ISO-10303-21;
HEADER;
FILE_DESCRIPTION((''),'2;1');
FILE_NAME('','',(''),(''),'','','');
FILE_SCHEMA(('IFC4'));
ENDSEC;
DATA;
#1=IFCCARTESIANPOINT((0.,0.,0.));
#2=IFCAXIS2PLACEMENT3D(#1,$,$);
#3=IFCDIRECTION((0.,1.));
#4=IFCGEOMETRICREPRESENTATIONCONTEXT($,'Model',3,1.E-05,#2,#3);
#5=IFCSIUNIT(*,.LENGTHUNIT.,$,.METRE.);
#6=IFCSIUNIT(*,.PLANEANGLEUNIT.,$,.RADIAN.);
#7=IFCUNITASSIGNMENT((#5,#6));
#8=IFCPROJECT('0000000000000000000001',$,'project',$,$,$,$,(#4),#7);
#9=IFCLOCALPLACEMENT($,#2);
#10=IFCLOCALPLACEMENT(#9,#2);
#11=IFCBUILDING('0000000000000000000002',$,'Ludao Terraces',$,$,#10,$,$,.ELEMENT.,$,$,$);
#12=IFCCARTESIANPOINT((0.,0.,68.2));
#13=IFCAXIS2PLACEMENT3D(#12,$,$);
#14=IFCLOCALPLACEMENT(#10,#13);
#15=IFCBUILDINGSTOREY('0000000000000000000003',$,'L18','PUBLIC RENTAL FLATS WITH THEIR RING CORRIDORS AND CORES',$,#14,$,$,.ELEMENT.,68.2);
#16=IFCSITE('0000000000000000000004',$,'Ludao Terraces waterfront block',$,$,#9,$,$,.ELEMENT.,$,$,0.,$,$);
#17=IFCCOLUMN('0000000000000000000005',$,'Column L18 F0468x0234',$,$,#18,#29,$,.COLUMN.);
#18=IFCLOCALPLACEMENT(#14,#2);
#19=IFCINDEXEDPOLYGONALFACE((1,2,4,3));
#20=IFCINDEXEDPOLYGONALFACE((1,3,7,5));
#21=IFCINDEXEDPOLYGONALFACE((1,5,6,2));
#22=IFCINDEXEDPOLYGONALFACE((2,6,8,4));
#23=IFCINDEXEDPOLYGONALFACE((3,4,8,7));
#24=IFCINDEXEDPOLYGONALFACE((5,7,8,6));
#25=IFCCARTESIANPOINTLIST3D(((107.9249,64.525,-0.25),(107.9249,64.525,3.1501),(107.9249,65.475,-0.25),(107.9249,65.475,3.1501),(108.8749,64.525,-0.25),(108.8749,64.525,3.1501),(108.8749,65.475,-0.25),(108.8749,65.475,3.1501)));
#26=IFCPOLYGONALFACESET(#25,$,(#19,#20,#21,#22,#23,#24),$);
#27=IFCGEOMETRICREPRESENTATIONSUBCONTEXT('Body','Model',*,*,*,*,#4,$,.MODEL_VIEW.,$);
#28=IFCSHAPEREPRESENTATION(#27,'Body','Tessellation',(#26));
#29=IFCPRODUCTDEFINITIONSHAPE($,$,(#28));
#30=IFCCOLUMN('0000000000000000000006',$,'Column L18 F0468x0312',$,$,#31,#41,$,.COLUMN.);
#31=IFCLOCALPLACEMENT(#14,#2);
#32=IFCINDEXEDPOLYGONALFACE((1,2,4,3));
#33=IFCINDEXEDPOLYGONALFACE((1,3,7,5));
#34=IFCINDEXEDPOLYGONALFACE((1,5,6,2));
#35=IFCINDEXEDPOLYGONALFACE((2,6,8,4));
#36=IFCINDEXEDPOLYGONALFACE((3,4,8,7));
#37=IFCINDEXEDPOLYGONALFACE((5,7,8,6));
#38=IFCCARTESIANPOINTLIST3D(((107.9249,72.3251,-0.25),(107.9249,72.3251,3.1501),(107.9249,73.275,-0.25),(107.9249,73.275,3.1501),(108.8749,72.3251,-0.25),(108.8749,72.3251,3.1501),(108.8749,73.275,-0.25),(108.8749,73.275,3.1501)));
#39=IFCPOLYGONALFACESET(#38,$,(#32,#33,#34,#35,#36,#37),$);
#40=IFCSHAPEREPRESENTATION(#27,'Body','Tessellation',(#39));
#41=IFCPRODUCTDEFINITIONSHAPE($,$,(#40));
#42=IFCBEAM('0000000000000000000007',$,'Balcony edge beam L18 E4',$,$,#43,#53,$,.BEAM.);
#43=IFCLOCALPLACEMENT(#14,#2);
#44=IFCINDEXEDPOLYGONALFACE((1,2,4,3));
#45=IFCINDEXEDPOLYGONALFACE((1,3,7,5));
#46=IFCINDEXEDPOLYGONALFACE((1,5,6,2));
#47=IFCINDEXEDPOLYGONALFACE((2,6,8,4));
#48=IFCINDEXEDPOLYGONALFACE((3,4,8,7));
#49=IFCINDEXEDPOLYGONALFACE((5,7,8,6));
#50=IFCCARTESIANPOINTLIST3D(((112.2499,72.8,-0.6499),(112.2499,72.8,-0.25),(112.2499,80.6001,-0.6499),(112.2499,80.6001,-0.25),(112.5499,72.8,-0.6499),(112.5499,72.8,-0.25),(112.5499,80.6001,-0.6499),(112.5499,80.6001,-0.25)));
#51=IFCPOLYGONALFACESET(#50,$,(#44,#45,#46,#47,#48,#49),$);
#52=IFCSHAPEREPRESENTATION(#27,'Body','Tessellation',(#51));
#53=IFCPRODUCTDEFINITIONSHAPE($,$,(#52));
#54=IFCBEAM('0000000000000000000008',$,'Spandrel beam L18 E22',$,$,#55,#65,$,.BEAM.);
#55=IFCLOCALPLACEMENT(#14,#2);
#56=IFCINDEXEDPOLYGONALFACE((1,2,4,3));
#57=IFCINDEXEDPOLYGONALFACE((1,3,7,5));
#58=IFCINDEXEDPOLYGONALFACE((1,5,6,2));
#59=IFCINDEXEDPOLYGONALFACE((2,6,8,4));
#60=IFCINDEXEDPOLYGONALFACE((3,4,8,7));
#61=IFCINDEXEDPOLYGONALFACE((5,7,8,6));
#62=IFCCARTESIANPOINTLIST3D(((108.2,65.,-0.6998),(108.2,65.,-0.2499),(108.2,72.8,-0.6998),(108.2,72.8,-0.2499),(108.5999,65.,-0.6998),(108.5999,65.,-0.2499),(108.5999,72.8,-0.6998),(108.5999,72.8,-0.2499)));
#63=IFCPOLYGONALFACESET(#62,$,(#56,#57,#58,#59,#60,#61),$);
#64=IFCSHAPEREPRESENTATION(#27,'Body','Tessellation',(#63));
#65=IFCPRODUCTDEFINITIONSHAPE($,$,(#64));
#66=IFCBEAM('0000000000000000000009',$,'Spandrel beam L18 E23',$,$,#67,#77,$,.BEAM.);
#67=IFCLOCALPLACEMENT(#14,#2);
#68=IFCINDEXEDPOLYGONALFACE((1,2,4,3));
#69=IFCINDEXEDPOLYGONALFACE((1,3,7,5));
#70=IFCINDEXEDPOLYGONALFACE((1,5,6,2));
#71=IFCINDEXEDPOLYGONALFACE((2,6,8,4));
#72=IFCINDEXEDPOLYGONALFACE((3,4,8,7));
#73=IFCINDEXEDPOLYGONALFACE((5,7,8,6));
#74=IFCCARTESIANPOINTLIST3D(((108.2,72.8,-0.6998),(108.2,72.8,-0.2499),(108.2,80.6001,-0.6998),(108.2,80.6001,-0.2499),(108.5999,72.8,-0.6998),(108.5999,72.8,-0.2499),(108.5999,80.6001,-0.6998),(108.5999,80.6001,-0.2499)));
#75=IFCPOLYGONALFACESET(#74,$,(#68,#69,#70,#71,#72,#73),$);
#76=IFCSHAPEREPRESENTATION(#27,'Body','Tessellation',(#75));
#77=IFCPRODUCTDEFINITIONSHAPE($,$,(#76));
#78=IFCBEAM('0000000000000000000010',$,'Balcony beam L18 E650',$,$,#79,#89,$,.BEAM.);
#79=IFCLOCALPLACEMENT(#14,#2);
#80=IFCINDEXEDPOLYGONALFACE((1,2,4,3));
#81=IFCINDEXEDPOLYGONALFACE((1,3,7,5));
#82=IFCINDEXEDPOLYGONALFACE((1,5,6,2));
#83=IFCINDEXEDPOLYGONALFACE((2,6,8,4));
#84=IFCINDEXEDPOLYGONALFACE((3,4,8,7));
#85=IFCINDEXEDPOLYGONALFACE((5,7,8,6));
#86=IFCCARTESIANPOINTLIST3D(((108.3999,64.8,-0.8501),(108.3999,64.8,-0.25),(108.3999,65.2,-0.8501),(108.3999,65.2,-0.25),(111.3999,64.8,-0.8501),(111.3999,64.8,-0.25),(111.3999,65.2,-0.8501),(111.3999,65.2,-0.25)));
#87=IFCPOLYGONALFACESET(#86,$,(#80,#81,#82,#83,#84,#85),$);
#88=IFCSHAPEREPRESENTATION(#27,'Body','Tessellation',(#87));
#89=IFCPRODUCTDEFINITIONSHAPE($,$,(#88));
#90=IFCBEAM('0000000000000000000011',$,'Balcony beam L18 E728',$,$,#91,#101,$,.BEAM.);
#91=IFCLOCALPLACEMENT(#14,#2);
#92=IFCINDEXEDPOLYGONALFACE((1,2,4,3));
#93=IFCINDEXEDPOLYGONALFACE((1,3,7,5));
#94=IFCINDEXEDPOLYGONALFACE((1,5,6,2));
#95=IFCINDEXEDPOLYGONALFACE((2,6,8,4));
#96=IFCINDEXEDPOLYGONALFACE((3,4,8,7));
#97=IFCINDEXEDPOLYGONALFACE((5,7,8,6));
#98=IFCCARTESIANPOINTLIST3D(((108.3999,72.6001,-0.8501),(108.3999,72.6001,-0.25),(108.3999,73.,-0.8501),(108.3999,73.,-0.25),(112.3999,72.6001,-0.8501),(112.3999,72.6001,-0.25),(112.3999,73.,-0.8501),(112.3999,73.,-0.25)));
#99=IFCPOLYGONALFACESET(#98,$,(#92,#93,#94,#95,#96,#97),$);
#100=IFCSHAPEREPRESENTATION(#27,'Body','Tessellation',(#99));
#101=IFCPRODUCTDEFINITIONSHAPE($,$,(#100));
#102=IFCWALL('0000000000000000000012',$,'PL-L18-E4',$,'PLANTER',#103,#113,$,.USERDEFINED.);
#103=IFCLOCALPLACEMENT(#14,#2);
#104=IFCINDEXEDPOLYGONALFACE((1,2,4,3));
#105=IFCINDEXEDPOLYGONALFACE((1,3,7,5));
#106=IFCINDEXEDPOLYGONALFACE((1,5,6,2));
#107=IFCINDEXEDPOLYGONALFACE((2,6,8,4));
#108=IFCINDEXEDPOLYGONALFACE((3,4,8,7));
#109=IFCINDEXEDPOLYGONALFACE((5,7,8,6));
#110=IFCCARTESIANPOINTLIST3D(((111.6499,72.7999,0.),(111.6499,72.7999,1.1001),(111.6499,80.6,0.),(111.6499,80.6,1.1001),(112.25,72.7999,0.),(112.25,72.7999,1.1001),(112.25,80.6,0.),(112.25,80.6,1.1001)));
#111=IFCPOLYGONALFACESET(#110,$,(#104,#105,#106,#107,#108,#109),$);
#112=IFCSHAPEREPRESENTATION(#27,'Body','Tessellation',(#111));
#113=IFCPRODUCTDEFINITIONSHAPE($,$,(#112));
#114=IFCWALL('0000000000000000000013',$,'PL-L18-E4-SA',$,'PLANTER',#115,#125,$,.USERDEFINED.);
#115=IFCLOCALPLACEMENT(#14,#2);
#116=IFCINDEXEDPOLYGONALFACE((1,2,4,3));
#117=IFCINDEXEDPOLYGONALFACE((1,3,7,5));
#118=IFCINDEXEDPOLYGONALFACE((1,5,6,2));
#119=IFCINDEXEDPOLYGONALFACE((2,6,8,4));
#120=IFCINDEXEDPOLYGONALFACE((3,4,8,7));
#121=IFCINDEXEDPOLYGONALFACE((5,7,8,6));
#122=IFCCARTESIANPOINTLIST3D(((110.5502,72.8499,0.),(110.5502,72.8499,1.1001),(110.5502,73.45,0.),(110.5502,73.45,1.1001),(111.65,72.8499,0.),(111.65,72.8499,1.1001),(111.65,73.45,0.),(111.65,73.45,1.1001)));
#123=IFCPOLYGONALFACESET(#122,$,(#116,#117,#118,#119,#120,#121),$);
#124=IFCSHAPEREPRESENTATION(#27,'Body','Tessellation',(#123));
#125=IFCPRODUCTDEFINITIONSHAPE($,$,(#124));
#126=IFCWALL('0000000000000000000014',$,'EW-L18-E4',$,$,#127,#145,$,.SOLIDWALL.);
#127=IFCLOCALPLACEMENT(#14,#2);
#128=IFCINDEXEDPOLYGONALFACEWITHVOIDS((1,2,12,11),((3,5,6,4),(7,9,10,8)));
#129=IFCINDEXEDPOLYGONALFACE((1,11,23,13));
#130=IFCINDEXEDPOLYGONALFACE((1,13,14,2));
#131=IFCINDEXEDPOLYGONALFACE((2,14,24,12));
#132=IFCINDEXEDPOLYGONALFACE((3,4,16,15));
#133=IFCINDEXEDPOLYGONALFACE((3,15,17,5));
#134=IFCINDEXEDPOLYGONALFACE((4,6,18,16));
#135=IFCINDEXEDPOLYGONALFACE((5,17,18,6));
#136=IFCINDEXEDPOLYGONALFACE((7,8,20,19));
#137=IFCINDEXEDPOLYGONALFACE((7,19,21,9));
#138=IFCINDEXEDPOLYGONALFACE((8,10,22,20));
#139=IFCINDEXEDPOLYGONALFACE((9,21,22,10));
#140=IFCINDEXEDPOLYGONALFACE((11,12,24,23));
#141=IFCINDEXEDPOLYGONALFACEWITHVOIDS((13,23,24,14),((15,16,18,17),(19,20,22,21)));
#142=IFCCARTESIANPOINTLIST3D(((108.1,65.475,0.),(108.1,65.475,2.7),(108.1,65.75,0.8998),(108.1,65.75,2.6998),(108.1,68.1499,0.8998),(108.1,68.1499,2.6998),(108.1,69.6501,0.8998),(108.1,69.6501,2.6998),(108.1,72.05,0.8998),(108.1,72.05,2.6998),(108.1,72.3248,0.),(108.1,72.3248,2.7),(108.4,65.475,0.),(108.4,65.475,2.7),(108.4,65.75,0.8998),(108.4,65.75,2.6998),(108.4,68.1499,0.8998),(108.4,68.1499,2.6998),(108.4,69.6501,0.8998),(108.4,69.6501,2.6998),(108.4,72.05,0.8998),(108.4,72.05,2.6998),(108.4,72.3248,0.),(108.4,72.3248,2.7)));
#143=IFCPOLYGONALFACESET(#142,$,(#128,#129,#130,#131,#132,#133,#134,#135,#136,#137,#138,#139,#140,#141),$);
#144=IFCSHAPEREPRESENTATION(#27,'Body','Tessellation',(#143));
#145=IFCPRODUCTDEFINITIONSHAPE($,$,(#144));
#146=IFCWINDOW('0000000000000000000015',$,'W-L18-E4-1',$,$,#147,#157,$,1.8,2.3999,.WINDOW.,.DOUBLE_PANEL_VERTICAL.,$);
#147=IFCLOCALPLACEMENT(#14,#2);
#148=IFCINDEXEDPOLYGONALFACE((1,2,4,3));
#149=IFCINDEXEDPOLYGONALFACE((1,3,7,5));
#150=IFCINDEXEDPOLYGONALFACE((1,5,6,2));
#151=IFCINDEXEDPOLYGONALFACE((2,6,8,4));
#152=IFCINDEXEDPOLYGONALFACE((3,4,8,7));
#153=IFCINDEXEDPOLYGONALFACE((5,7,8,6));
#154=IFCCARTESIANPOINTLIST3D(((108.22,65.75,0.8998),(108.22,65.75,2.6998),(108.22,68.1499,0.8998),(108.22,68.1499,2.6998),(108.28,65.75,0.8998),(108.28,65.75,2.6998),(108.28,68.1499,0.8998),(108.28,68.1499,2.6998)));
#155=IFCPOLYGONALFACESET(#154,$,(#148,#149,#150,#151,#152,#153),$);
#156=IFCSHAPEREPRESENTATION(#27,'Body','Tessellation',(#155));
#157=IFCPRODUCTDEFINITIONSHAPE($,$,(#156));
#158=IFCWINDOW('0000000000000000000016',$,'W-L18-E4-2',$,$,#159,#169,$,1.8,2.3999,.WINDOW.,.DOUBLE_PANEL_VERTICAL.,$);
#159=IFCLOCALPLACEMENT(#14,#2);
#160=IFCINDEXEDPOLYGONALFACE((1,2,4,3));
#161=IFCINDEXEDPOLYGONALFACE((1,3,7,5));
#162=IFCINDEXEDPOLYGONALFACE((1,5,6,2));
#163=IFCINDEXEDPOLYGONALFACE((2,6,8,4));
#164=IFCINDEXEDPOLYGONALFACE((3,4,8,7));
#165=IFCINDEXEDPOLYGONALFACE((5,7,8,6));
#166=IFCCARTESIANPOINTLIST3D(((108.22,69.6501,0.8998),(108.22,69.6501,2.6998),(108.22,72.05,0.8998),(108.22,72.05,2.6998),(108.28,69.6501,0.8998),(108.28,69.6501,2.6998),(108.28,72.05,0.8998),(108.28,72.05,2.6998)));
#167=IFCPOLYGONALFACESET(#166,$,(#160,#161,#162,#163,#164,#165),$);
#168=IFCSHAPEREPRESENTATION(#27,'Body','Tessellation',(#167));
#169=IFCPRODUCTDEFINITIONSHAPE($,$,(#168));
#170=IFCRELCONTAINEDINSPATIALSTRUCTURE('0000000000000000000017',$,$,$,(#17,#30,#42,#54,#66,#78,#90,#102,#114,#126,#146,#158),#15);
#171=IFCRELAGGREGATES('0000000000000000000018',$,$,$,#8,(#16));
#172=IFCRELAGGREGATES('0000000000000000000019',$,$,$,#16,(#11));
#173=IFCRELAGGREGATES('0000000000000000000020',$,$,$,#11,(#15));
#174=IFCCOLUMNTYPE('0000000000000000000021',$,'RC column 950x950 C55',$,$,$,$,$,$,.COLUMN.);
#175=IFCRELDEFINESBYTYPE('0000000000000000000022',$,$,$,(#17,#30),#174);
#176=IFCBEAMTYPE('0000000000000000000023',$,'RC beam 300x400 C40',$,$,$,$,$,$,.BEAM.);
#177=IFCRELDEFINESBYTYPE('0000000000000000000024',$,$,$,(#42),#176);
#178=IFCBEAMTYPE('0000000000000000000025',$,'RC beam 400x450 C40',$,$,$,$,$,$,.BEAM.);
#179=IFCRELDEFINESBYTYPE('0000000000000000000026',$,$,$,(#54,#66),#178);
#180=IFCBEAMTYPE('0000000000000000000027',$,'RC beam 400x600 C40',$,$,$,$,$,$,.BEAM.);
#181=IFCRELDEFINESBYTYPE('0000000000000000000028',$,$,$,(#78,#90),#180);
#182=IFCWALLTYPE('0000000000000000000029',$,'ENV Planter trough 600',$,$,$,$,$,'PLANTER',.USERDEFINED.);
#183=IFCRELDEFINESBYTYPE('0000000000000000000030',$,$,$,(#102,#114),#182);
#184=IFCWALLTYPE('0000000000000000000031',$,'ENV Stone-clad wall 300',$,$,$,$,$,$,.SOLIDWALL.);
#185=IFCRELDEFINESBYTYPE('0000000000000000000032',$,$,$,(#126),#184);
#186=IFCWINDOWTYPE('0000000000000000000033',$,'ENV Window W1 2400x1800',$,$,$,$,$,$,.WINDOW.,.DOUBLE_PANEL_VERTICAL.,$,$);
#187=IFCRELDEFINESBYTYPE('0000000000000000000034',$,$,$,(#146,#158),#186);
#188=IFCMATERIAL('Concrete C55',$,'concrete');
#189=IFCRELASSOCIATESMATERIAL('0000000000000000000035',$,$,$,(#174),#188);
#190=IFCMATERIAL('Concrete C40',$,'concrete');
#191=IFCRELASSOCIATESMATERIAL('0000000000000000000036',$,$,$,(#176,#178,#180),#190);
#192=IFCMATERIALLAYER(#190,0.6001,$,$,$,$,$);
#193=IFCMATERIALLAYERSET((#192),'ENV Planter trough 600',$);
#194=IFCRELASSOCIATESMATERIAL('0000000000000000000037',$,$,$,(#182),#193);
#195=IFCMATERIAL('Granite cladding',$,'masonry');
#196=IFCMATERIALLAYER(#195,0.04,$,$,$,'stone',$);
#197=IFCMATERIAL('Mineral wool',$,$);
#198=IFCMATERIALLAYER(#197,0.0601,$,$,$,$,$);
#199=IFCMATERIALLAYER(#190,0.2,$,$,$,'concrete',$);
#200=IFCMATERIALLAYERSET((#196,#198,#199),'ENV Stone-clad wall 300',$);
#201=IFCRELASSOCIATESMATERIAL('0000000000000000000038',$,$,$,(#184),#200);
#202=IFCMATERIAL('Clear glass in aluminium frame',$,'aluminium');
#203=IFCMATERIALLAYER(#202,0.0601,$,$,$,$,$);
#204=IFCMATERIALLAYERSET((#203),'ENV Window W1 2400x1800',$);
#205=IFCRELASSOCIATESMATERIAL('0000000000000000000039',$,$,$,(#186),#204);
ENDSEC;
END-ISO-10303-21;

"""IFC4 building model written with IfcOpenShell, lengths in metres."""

from ifc_helpers import new_model, si_unit, direction, frame, frame_2d, origin, origin_2d, place, context, subcontext, project, spatial, rectangle, extrude, material, layer, layer_set, material_profile, profile_set, type_object, element, fill, save


model = new_model("IFC4")

# Units and contexts
model_context = context("Model", 3, precision=1e-05, world=origin(), true_north=direction((0.0, 1.0)))
body_context = subcontext(model_context, "Body", "Model", "MODEL_VIEW")
ifc_project = project(units=[si_unit("LENGTHUNIT", "METRE"), si_unit("PLANEANGLEUNIT", "RADIAN")], contexts=[model_context])

# Site, building, storey
site_placement = place(None, origin())
site = spatial("IfcSite", under=ifc_project, at=site_placement, Name="Ludao Terraces waterfront block", CompositionType="ELEMENT", RefElevation=0.0)
building_placement = place(site_placement, origin())
building = spatial("IfcBuilding", under=site, at=building_placement, Name="Ludao Terraces", CompositionType="ELEMENT")
storey_placement = place(building_placement, frame((0.0, 0.0, 68.2)))
storey = spatial("IfcBuildingStorey", under=building, at=storey_placement, Name="L18", Description="PUBLIC RENTAL FLATS WITH THEIR RING CORRIDORS AND CORES", CompositionType="ELEMENT", Elevation=68.2)

# Columns
ifc_material_1 = material(Name="Concrete C55", Category="concrete")
ifc_material_profile_1 = material_profile(ifc_material_1, rectangle(XDim=0.95, YDim=0.95, at=origin_2d()), Name="950 X 950")
ifc_profile_set_1 = profile_set([ifc_material_profile_1], Name="Concrete C55")
column_type = type_object("IfcColumnType", Name="RC column 950x950 C55", PredefinedType="COLUMN", material=ifc_profile_set_1)
for number, where, z_axis, x_axis, name in (
    (1, (108.3999, 65.0, -0.25), (0.0, 0.0, 1.0), (1.0, 0.0, 0.0), "Column L18 F0468x0234"),
    (2, (108.3999, 72.8, -0.25), (0.0, 0.0, 1.0), (1.0, 0.0, 0.0), "Column L18 F0468x0312"),
):
    element("IfcColumn", number, at=place(storey_placement, frame(where, z_axis=z_axis, x_axis=x_axis)), inside=storey, type_object=column_type, Name=name, PredefinedType="COLUMN", context=body_context, shape_type="SweptSolid", body=[
        extrude(rectangle(XDim=0.95, YDim=0.95, at=origin_2d()), origin(), (0.0, 0.0, 1.0), 3.4001),
    ])

# Beams
ifc_material_2 = material(Name="Concrete C40", Category="concrete")
ifc_material_profile_2 = material_profile(ifc_material_2, rectangle(XDim=0.3, YDim=0.3999, at=origin_2d()), Name="300 X 400")
ifc_profile_set_2 = profile_set([ifc_material_profile_2], Name="Concrete C40")
beam_type_1 = type_object("IfcBeamType", Name="RC beam 300x400 C40", PredefinedType="BEAM", material=ifc_profile_set_2)
beam_1_placement = place(storey_placement, frame((112.3999, 72.8, -0.45), z_axis=(0.0, 1.0, 0.0), x_axis=(-1.0, 0.0, 0.0)))
element("IfcBeam", 3, at=beam_1_placement, inside=storey, type_object=beam_type_1, Name="Balcony edge beam L18 E4", PredefinedType="BEAM", context=body_context, shape_type="SweptSolid", body=[
    extrude(rectangle(XDim=0.3, YDim=0.3999, at=origin_2d()), origin(), (0.0, 0.0, 1.0), 7.8),
])
ifc_material_profile_3 = material_profile(ifc_material_2, rectangle(XDim=0.3999, YDim=0.45, at=origin_2d()), Name="400 X 450")
ifc_profile_set_3 = profile_set([ifc_material_profile_3], Name="Concrete C40")
beam_type_2 = type_object("IfcBeamType", Name="RC beam 400x450 C40", PredefinedType="BEAM", material=ifc_profile_set_3)
for number, where, z_axis, x_axis, name in (
    (4, (108.3999, 65.0, -0.4749), (0.0, 1.0, 0.0), (-1.0, 0.0, 0.0), "Spandrel beam L18 E22"),
    (5, (108.3999, 72.8, -0.4749), (0.0, 1.0, 0.0), (-1.0, 0.0, 0.0), "Spandrel beam L18 E23"),
):
    element("IfcBeam", number, at=place(storey_placement, frame(where, z_axis=z_axis, x_axis=x_axis)), inside=storey, type_object=beam_type_2, Name=name, PredefinedType="BEAM", context=body_context, shape_type="SweptSolid", body=[
        extrude(rectangle(XDim=0.3999, YDim=0.45, at=origin_2d()), origin(), (0.0, 0.0, 1.0), 7.8),
    ])
ifc_material_profile_4 = material_profile(ifc_material_2, rectangle(XDim=0.3999, YDim=0.6001, at=origin_2d()), Name="400 X 600")
ifc_profile_set_4 = profile_set([ifc_material_profile_4], Name="Concrete C40")
beam_type_3 = type_object("IfcBeamType", Name="RC beam 400x600 C40", PredefinedType="BEAM", material=ifc_profile_set_4)
beam_2_placement = place(storey_placement, frame((108.3999, 65.0, -0.55), z_axis=(1.0, 0.0, 0.0), x_axis=(0.0, 1.0, 0.0)))
element("IfcBeam", 6, at=beam_2_placement, inside=storey, type_object=beam_type_3, Name="Balcony beam L18 E650", PredefinedType="BEAM", context=body_context, shape_type="SweptSolid", body=[
    extrude(rectangle(XDim=0.3999, YDim=0.6001, at=origin_2d()), origin(), (0.0, 0.0, 1.0), 3.0),
])
beam_3_placement = place(storey_placement, frame((108.3999, 72.8, -0.55), z_axis=(1.0, 0.0, 0.0), x_axis=(0.0, 1.0, 0.0)))
element("IfcBeam", 7, at=beam_3_placement, inside=storey, type_object=beam_type_3, Name="Balcony beam L18 E728", PredefinedType="BEAM", context=body_context, shape_type="SweptSolid", body=[
    extrude(rectangle(XDim=0.3999, YDim=0.6001, at=origin_2d()), origin(), (0.0, 0.0, 1.0), 4.0),
])

# Walls
ifc_layer_1 = layer(ifc_material_2, 0.6001)
ifc_layer_set_1 = layer_set([ifc_layer_1], Name="ENV Planter trough 600")
wall_type_1 = type_object("IfcWallType", Name="ENV Planter trough 600", ElementType="PLANTER", PredefinedType="USERDEFINED", material=ifc_layer_set_1)
wall_1_placement = place(storey_placement, frame((111.95, 72.8, 0.0), z_axis=(0.0, 0.0, 1.0), x_axis=(0.0, 1.0, 0.0)))
element("IfcWall", 8, at=wall_1_placement, inside=storey, type_object=wall_type_1, Name="PL-L18-E4", ObjectType="PLANTER", PredefinedType="USERDEFINED", context=body_context, shape_type="SweptSolid", body=[
    extrude(rectangle(XDim=7.8, YDim=0.6001, at=frame_2d((3.8999, 0.0))), origin(), (0.0, 0.0, 1.0), 1.1001),
])
wall_2_placement = place(storey_placement, frame((111.6499, 73.1499, 0.0), z_axis=(0.0, 0.0, 1.0), x_axis=(-1.0, 0.0, 0.0)))
element("IfcWall", 9, at=wall_2_placement, inside=storey, type_object=wall_type_1, Name="PL-L18-E4-SA", ObjectType="PLANTER", PredefinedType="USERDEFINED", context=body_context, shape_type="SweptSolid", body=[
    extrude(rectangle(XDim=1.0999, YDim=0.6001, at=frame_2d((0.5498, 0.0))), origin(), (0.0, 0.0, 1.0), 1.1001),
])

# Wall, openings, windows
ifc_material_3 = material(Name="Granite cladding", Category="masonry")
ifc_layer_2 = layer(ifc_material_3, 0.04, Category="stone")
ifc_material_4 = material(Name="Mineral wool")
ifc_layer_3 = layer(ifc_material_4, 0.0601)
ifc_layer_4 = layer(ifc_material_2, 0.2, Category="concrete")
ifc_layer_set_2 = layer_set([ifc_layer_2, ifc_layer_3, ifc_layer_4], Name="ENV Stone-clad wall 300")
wall_type_2 = type_object("IfcWallType", Name="ENV Stone-clad wall 300", PredefinedType="SOLIDWALL", material=ifc_layer_set_2)
wall_3_placement = place(storey_placement, frame((108.25, 65.4751, 0.0), z_axis=(0.0, 0.0, 1.0), x_axis=(0.0, 1.0, 0.0)))
wall_3 = element("IfcWall", 10, at=wall_3_placement, inside=storey, type_object=wall_type_2, Name="EW-L18-E4", PredefinedType="SOLIDWALL", context=body_context, shape_type="SweptSolid", body=[
    extrude(rectangle(XDim=6.8499, YDim=0.3, at=frame_2d((3.4248, 0.0))), origin(), (0.0, 0.0, 1.0), 2.7),
])
opening_1_placement = place(wall_3_placement, frame((0.2749, 0.0, 0.8999)))
opening_1 = element("IfcOpeningElement", 11, at=opening_1_placement, cuts=wall_3, PredefinedType="OPENING", context=body_context, shape_type="SweptSolid", body=[
    extrude(rectangle(XDim=2.3999, YDim=1.8, at=frame_2d((1.2, 0.8999))), frame((0.0, 0.1602, 0.0), z_axis=(0.0, -1.0, 0.0), x_axis=(1.0, 0.0, 0.0)), (0.0, 0.0, 1.0), 0.3201),
])
opening_2_placement = place(wall_3_placement, frame((4.175, 0.0, 0.8999)))
opening_2 = element("IfcOpeningElement", 12, at=opening_2_placement, cuts=wall_3, PredefinedType="OPENING", context=body_context, shape_type="SweptSolid", body=[
    extrude(rectangle(XDim=2.3999, YDim=1.8, at=frame_2d((1.2, 0.8999))), frame((0.0, 0.1602, 0.0), z_axis=(0.0, -1.0, 0.0), x_axis=(1.0, 0.0, 0.0)), (0.0, 0.0, 1.0), 0.3201),
])
ifc_material_5 = material(Name="Clear glass in aluminium frame", Category="aluminium")
ifc_layer_5 = layer(ifc_material_5, 0.0601)
ifc_layer_set_3 = layer_set([ifc_layer_5], Name="ENV Window W1 2400x1800")
window_type = type_object("IfcWindowType", Name="ENV Window W1 2400x1800", PartitioningType="DOUBLE_PANEL_VERTICAL", PredefinedType="WINDOW", material=ifc_layer_set_3)
window_1_placement = place(opening_1_placement, origin())
window_1 = element("IfcWindow", 13, at=window_1_placement, inside=storey, type_object=window_type, Name="W-L18-E4-1", OverallHeight=1.8, OverallWidth=2.3999, PartitioningType="DOUBLE_PANEL_VERTICAL", PredefinedType="WINDOW", context=body_context, shape_type="SweptSolid", body=[
    extrude(rectangle(XDim=2.3999, YDim=1.8, at=frame_2d((1.2, 0.8999))), frame((0.0, 0.03, 0.0), z_axis=(0.0, -1.0, 0.0), x_axis=(1.0, 0.0, 0.0)), (0.0, 0.0, 1.0), 0.0601),
])
fill(opening_1, window_1)
window_2_placement = place(opening_2_placement, origin())
window_2 = element("IfcWindow", 14, at=window_2_placement, inside=storey, type_object=window_type, Name="W-L18-E4-2", OverallHeight=1.8, OverallWidth=2.3999, PartitioningType="DOUBLE_PANEL_VERTICAL", PredefinedType="WINDOW", context=body_context, shape_type="SweptSolid", body=[
    extrude(rectangle(XDim=2.3999, YDim=1.8, at=frame_2d((1.2, 0.8999))), frame((0.0, 0.03, 0.0), z_axis=(0.0, -1.0, 0.0), x_axis=(1.0, 0.0, 0.0)), (0.0, 0.0, 1.0), 0.0601),
])
fill(opening_2, window_2)

save(model, "model.ifc")
